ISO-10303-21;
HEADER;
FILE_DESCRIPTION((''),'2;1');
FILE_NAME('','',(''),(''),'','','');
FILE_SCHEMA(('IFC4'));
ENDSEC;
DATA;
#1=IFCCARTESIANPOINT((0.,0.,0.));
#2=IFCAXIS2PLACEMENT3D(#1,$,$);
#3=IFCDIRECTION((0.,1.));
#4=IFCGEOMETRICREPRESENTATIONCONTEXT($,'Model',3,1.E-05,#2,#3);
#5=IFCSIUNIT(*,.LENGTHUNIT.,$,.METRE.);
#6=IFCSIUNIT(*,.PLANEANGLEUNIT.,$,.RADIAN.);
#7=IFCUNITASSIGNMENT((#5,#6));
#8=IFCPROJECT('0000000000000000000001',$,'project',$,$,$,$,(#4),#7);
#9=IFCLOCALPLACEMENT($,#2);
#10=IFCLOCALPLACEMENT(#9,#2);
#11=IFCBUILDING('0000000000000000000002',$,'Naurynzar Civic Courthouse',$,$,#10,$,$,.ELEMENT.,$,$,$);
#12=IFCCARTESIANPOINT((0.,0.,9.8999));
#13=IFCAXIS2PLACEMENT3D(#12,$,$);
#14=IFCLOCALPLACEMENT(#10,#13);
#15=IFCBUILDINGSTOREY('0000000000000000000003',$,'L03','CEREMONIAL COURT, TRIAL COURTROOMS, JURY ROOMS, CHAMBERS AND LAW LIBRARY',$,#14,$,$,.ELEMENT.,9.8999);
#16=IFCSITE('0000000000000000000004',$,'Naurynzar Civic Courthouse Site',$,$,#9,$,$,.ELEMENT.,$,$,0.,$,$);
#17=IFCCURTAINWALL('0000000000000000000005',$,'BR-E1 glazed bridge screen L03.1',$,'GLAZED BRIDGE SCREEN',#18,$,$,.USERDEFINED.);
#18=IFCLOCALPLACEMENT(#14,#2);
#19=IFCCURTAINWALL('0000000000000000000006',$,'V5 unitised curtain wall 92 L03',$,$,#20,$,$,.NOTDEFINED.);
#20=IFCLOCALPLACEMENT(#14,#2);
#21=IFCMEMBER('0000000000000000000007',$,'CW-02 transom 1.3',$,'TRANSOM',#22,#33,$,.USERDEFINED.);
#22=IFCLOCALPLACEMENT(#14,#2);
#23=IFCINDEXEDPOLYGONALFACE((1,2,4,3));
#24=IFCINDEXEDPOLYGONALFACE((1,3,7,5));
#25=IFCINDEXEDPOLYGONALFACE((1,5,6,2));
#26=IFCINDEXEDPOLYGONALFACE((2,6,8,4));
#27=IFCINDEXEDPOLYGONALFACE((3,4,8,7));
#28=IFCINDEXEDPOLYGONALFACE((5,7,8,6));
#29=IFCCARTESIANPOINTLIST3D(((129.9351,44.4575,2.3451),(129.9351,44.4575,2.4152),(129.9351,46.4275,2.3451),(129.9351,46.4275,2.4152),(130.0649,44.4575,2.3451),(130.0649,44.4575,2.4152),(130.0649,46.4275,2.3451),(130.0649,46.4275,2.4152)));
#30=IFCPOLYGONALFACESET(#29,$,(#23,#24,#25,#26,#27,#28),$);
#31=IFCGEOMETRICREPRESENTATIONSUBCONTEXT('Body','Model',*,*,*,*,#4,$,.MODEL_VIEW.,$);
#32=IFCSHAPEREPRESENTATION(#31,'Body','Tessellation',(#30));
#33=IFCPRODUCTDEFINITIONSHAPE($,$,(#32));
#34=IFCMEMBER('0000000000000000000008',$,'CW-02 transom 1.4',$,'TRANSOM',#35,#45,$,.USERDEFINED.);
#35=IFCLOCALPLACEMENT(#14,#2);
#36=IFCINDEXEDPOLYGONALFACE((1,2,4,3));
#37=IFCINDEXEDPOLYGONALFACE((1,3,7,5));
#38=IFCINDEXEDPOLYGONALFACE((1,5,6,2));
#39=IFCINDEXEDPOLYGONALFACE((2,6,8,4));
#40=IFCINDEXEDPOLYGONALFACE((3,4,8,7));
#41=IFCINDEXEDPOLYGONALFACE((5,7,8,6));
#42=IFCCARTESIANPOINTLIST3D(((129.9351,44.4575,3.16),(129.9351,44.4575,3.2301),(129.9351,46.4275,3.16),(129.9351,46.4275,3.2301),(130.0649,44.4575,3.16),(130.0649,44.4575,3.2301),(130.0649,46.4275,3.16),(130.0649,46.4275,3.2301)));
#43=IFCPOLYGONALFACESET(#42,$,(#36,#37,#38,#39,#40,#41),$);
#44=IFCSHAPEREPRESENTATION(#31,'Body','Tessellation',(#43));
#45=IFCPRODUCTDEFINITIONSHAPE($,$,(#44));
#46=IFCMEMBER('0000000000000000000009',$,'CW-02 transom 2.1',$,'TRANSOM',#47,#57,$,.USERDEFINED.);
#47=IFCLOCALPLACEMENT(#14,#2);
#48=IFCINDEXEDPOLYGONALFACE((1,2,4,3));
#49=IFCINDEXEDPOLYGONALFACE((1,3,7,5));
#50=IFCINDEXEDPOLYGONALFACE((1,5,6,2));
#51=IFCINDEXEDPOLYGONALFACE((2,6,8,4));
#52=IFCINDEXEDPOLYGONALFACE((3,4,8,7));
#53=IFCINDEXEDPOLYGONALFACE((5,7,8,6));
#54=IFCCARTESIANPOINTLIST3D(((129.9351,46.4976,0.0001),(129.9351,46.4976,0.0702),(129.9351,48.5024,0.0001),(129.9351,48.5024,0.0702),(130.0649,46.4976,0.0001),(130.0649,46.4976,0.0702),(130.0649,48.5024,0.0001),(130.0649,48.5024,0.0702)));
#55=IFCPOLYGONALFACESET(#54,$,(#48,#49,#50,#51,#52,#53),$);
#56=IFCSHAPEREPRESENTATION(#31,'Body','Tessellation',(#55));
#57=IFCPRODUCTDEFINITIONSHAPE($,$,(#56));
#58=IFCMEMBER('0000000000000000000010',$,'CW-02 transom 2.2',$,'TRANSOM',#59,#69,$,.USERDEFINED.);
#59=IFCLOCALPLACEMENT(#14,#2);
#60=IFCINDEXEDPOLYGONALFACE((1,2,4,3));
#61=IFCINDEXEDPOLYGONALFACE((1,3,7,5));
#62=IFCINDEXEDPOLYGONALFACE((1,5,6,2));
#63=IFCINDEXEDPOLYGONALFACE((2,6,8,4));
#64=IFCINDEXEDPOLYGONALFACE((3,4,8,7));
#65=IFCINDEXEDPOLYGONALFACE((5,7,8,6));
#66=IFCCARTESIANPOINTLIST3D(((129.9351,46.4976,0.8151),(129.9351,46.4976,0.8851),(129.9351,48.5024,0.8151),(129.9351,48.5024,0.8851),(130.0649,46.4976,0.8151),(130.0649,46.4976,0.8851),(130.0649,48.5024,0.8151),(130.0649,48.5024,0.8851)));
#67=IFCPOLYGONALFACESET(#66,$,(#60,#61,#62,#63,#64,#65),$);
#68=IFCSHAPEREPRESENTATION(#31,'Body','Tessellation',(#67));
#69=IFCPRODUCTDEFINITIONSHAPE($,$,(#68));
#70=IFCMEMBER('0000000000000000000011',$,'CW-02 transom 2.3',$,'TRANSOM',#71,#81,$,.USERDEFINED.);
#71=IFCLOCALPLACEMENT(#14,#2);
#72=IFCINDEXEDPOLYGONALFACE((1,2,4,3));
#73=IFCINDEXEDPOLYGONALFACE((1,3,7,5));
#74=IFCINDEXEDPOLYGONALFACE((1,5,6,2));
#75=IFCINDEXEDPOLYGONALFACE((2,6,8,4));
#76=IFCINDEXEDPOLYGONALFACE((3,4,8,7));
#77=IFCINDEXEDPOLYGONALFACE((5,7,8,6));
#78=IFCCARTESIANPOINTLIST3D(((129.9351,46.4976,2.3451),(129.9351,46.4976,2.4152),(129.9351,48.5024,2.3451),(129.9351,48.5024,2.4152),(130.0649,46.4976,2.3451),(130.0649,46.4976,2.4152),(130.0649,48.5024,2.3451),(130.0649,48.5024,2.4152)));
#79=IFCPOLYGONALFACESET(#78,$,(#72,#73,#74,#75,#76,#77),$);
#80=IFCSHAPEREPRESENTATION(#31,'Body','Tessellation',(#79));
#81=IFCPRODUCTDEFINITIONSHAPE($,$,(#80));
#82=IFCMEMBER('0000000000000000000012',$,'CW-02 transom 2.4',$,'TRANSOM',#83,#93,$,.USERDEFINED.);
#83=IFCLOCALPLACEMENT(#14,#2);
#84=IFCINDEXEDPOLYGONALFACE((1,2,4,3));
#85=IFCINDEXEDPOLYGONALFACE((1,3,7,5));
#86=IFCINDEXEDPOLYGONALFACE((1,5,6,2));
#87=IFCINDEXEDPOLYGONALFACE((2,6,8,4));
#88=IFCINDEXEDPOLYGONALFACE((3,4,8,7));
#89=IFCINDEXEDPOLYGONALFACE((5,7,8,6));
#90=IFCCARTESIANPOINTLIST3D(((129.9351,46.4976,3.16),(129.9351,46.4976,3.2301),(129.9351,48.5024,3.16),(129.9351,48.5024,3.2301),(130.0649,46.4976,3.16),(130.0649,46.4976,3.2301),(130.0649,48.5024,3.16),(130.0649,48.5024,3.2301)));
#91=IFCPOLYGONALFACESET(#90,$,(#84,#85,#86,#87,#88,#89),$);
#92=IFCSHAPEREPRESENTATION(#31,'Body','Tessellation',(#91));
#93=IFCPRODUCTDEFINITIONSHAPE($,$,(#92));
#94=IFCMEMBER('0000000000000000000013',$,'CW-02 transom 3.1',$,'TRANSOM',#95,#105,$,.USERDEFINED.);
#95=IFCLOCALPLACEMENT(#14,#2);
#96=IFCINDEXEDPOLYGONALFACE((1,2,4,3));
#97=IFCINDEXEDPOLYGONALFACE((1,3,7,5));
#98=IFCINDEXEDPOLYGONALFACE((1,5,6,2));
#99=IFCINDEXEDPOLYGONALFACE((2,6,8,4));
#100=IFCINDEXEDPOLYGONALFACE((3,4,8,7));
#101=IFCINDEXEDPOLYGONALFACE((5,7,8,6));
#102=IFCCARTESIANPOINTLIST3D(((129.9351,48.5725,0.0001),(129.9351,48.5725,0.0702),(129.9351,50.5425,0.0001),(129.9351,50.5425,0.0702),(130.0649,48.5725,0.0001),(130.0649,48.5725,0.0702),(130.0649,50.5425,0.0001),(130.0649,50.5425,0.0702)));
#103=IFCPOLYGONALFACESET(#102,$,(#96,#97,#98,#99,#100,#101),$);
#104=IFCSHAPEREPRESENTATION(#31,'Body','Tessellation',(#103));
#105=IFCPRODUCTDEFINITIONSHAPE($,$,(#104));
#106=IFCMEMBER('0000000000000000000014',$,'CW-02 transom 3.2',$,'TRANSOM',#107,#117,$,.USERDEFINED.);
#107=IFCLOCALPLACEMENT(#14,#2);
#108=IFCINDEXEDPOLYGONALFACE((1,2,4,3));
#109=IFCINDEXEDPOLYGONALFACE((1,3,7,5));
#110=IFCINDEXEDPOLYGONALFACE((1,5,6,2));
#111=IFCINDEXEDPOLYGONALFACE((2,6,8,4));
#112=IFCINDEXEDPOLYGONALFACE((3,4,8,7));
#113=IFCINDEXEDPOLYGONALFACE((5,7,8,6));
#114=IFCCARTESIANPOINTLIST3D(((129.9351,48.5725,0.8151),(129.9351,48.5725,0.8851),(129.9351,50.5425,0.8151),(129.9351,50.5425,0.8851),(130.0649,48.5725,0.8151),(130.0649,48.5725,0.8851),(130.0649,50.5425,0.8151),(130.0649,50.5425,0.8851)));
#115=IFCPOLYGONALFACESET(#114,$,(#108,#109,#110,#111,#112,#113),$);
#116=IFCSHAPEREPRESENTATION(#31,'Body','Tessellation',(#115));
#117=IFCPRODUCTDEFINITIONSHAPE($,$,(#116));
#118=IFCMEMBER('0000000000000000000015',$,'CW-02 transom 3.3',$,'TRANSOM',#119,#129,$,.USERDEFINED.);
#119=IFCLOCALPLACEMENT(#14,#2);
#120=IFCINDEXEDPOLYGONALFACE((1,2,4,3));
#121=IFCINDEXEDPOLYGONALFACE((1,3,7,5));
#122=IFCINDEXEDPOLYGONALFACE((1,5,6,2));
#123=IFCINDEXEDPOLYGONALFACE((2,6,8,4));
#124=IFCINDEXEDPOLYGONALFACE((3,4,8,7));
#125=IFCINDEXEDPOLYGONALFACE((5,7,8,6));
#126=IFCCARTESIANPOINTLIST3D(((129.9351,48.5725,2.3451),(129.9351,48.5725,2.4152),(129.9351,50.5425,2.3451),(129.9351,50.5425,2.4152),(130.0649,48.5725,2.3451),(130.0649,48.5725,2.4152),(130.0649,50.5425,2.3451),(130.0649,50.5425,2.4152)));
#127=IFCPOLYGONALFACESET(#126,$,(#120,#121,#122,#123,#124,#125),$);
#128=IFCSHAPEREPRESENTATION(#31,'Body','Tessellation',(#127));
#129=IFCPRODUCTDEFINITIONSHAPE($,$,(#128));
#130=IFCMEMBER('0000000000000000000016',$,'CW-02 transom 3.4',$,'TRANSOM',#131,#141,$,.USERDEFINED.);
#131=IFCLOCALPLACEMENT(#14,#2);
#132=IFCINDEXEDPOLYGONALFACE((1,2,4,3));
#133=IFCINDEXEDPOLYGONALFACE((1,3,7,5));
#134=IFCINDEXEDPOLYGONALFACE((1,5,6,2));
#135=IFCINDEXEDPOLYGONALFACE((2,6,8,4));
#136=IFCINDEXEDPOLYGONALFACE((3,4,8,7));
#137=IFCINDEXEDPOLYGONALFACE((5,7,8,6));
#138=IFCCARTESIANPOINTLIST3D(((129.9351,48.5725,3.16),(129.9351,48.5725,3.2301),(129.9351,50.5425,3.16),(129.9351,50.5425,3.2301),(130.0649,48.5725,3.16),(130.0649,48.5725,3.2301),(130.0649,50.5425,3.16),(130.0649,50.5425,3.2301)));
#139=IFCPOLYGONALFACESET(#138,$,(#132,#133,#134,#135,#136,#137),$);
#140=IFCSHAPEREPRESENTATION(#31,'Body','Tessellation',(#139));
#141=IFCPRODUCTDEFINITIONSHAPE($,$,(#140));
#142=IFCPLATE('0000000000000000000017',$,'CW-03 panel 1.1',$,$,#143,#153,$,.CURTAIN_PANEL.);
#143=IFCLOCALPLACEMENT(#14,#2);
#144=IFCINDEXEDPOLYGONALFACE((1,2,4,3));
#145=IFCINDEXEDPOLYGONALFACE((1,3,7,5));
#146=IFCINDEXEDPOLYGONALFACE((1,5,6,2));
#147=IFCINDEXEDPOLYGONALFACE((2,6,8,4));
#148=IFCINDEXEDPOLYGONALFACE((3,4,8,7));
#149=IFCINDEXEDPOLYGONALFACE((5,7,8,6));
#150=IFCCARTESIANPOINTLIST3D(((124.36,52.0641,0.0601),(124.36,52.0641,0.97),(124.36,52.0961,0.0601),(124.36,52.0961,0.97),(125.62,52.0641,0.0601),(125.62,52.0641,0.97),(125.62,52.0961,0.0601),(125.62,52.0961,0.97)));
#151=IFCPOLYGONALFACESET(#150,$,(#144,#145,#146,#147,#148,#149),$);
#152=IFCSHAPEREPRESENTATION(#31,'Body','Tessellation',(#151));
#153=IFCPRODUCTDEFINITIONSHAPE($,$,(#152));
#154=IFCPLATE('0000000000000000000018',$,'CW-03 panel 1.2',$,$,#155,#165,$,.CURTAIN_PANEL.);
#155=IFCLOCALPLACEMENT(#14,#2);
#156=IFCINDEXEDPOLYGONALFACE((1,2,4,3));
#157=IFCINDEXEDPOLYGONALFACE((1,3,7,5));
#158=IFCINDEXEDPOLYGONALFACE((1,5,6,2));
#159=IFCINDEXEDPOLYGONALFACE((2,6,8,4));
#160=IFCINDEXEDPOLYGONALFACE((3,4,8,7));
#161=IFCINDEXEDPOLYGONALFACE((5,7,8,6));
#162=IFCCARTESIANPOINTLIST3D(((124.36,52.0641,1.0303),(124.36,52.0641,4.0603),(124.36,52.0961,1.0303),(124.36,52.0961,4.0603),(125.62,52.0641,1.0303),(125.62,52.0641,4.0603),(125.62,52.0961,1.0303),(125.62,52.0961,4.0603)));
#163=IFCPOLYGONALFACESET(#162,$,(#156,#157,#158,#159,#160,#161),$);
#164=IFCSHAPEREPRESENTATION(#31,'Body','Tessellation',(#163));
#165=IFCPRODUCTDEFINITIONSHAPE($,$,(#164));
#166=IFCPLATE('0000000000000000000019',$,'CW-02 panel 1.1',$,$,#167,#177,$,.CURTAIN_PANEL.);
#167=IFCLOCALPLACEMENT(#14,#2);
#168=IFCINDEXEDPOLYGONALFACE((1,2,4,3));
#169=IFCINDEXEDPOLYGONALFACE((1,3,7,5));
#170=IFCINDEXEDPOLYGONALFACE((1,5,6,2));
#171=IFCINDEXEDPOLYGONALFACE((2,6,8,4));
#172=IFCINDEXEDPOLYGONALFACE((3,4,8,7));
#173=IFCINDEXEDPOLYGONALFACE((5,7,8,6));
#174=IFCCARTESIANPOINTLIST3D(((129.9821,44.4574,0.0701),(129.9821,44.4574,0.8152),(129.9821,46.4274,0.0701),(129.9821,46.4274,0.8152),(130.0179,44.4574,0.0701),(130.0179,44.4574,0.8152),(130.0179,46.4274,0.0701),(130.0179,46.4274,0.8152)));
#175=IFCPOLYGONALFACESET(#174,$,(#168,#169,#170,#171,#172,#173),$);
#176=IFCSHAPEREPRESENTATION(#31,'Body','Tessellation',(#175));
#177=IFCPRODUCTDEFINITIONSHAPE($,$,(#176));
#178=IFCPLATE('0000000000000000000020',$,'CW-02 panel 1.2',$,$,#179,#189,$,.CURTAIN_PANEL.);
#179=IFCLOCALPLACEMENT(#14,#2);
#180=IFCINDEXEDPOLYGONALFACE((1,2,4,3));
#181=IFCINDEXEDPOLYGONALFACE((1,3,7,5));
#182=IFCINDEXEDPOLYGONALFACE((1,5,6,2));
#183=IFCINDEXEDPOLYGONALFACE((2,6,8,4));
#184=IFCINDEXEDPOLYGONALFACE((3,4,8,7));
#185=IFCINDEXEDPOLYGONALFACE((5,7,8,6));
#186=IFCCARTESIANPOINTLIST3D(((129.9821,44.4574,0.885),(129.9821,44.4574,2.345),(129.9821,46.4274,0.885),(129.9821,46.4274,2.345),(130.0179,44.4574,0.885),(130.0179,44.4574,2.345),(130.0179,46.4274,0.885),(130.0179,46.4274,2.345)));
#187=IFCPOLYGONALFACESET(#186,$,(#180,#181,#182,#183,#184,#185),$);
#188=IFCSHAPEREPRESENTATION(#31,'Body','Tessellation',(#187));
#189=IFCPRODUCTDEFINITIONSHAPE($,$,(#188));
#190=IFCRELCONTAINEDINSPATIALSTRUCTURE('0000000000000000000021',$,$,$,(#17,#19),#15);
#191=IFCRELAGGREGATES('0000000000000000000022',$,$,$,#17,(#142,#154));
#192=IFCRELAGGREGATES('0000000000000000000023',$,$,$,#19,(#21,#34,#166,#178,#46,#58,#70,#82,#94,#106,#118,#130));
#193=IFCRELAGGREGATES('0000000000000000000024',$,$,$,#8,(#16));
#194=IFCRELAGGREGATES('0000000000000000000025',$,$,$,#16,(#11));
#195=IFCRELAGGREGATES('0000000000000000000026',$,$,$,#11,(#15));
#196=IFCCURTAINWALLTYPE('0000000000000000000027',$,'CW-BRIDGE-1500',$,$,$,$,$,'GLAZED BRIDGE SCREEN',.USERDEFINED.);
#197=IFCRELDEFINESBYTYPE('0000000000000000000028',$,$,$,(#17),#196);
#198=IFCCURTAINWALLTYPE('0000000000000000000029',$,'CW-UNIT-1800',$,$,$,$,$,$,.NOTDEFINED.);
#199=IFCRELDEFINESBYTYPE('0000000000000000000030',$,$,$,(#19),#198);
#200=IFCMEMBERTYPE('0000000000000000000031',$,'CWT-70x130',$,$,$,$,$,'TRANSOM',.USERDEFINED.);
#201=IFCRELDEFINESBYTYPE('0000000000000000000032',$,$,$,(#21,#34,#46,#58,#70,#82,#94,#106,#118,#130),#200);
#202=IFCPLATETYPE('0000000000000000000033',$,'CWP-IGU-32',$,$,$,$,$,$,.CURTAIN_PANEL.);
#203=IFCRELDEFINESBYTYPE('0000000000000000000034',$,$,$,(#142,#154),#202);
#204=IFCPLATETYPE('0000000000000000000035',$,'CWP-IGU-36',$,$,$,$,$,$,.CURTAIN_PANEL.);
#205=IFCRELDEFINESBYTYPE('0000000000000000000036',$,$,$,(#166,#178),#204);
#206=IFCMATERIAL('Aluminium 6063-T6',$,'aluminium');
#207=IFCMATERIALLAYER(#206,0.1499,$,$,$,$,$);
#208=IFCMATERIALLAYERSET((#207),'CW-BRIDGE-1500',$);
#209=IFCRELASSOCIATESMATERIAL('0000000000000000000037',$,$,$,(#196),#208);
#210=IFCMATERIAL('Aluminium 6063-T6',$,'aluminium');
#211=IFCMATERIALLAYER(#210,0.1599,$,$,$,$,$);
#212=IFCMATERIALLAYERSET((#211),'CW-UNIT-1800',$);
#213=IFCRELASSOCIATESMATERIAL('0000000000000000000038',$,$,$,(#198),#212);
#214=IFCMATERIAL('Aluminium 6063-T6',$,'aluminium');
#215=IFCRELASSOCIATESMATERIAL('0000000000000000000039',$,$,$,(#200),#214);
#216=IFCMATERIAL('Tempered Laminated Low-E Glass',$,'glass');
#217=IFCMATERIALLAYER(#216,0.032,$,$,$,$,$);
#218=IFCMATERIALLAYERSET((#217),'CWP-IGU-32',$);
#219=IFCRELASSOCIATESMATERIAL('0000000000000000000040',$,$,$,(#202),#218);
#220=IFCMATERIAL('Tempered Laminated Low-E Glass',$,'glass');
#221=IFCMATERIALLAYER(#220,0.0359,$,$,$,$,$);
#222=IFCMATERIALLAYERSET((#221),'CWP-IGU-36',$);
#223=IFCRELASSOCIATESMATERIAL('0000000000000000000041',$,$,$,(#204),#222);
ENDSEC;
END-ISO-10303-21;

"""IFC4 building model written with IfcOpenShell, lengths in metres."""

from ifc_helpers import new_model, si_unit, direction, frame, origin, origin_2d, place, context, subcontext, project, spatial, rectangle, extrude, material, layer, layer_set, material_profile, profile_set, type_object, element, aggregate, save


model = new_model("IFC4")

# Units and contexts
model_context = context("Model", 3, precision=1e-05, world=origin(), true_north=direction((0.0, 1.0)))
body_context = subcontext(model_context, "Body", "Model", "MODEL_VIEW")
ifc_project = project(units=[si_unit("LENGTHUNIT", "METRE"), si_unit("PLANEANGLEUNIT", "RADIAN")], contexts=[model_context])

# Site, building, storey
site_placement = place(None, origin())
site = spatial("IfcSite", under=ifc_project, at=site_placement, Name="Naurynzar Civic Courthouse Site", CompositionType="ELEMENT", RefElevation=0.0)
building_placement = place(site_placement, origin())
building = spatial("IfcBuilding", under=site, at=building_placement, Name="Naurynzar Civic Courthouse", CompositionType="ELEMENT")
storey_placement = place(building_placement, frame((0.0, 0.0, 9.8999)))
storey = spatial("IfcBuildingStorey", under=building, at=storey_placement, Name="L03", Description="CEREMONIAL COURT, TRIAL COURTROOMS, JURY ROOMS, CHAMBERS AND LAW LIBRARY", CompositionType="ELEMENT", Elevation=9.8999)

# Curtain walls
ifc_material_1 = material(Name="Aluminium 6063-T6", Category="aluminium")
ifc_layer_1 = layer(ifc_material_1, 0.1499)
ifc_layer_set_1 = layer_set([ifc_layer_1], Name="CW-BRIDGE-1500")
curtain_wall_type_1 = type_object("IfcCurtainWallType", Name="CW-BRIDGE-1500", ElementType="GLAZED BRIDGE SCREEN", PredefinedType="USERDEFINED", material=ifc_layer_set_1)
curtain_wall_1_placement = place(storey_placement, origin())
curtain_wall_1 = element("IfcCurtainWall", 1, at=curtain_wall_1_placement, inside=storey, type_object=curtain_wall_type_1, Name="BR-E1 glazed bridge screen L03.1", ObjectType="GLAZED BRIDGE SCREEN", PredefinedType="USERDEFINED")
ifc_material_2 = material(Name="Aluminium 6063-T6", Category="aluminium")
ifc_layer_2 = layer(ifc_material_2, 0.1599)
ifc_layer_set_2 = layer_set([ifc_layer_2], Name="CW-UNIT-1800")
curtain_wall_type_2 = type_object("IfcCurtainWallType", Name="CW-UNIT-1800", PredefinedType="NOTDEFINED", material=ifc_layer_set_2)
curtain_wall_2_placement = place(storey_placement, origin())
curtain_wall_2 = element("IfcCurtainWall", 2, at=curtain_wall_2_placement, inside=storey, type_object=curtain_wall_type_2, Name="V5 unitised curtain wall 92 L03", PredefinedType="NOTDEFINED")

# Members
ifc_material_3 = material(Name="Aluminium 6063-T6", Category="aluminium")
ifc_material_profile_1 = material_profile(ifc_material_3, rectangle(XDim=0.1299, YDim=0.0701, at=origin_2d()), Name="ALU TRANSOM 70x130")
ifc_profile_set_1 = profile_set([ifc_material_profile_1], Name="Aluminium 6063-T6")
member_type_1 = type_object("IfcMemberType", Name="CWT-70x130", ElementType="TRANSOM", PredefinedType="USERDEFINED", material=ifc_profile_set_1)
member_1_placement = place(storey_placement, frame((130.0, 44.4575, 2.3801), z_axis=(0.0, 1.0, 0.0), x_axis=(-1.0, 0.0, 0.0)))
member_1 = element("IfcMember", 3, at=member_1_placement, type_object=member_type_1, Name="CW-02 transom 1.3", ObjectType="TRANSOM", PredefinedType="USERDEFINED", context=body_context, shape_type="SweptSolid", body=[
    extrude(rectangle(XDim=0.1299, YDim=0.0701, at=origin_2d()), origin(), (0.0, 0.0, 1.0), 1.97),
])
member_2_placement = place(storey_placement, frame((130.0, 44.4575, 3.1951), z_axis=(0.0, 1.0, 0.0), x_axis=(-1.0, 0.0, 0.0)))
member_2 = element("IfcMember", 4, at=member_2_placement, type_object=member_type_1, Name="CW-02 transom 1.4", ObjectType="TRANSOM", PredefinedType="USERDEFINED", context=body_context, shape_type="SweptSolid", body=[
    extrude(rectangle(XDim=0.1299, YDim=0.0701, at=origin_2d()), origin(), (0.0, 0.0, 1.0), 1.97),
])
member_3_placement = place(storey_placement, frame((130.0, 46.4976, 0.0352), z_axis=(0.0, 1.0, 0.0), x_axis=(-1.0, 0.0, 0.0)))
member_3 = element("IfcMember", 5, at=member_3_placement, type_object=member_type_1, Name="CW-02 transom 2.1", ObjectType="TRANSOM", PredefinedType="USERDEFINED", context=body_context, shape_type="SweptSolid", body=[
    extrude(rectangle(XDim=0.1299, YDim=0.0701, at=origin_2d()), origin(), (0.0, 0.0, 1.0), 2.0049),
])
member_4_placement = place(storey_placement, frame((130.0, 46.4976, 0.8501), z_axis=(0.0, 1.0, 0.0), x_axis=(-1.0, 0.0, 0.0)))
member_4 = element("IfcMember", 6, at=member_4_placement, type_object=member_type_1, Name="CW-02 transom 2.2", ObjectType="TRANSOM", PredefinedType="USERDEFINED", context=body_context, shape_type="SweptSolid", body=[
    extrude(rectangle(XDim=0.1299, YDim=0.0701, at=origin_2d()), origin(), (0.0, 0.0, 1.0), 2.0049),
])
member_5_placement = place(storey_placement, frame((130.0, 46.4976, 2.3801), z_axis=(0.0, 1.0, 0.0), x_axis=(-1.0, 0.0, 0.0)))
member_5 = element("IfcMember", 7, at=member_5_placement, type_object=member_type_1, Name="CW-02 transom 2.3", ObjectType="TRANSOM", PredefinedType="USERDEFINED", context=body_context, shape_type="SweptSolid", body=[
    extrude(rectangle(XDim=0.1299, YDim=0.0701, at=origin_2d()), origin(), (0.0, 0.0, 1.0), 2.0049),
])
member_6_placement = place(storey_placement, frame((130.0, 46.4976, 3.1951), z_axis=(0.0, 1.0, 0.0), x_axis=(-1.0, 0.0, 0.0)))
member_6 = element("IfcMember", 8, at=member_6_placement, type_object=member_type_1, Name="CW-02 transom 2.4", ObjectType="TRANSOM", PredefinedType="USERDEFINED", context=body_context, shape_type="SweptSolid", body=[
    extrude(rectangle(XDim=0.1299, YDim=0.0701, at=origin_2d()), origin(), (0.0, 0.0, 1.0), 2.0049),
])
member_7_placement = place(storey_placement, frame((130.0, 48.5725, 0.0352), z_axis=(0.0, 1.0, 0.0), x_axis=(-1.0, 0.0, 0.0)))
member_7 = element("IfcMember", 9, at=member_7_placement, type_object=member_type_1, Name="CW-02 transom 3.1", ObjectType="TRANSOM", PredefinedType="USERDEFINED", context=body_context, shape_type="SweptSolid", body=[
    extrude(rectangle(XDim=0.1299, YDim=0.0701, at=origin_2d()), origin(), (0.0, 0.0, 1.0), 1.97),
])
member_8_placement = place(storey_placement, frame((130.0, 48.5725, 0.8501), z_axis=(0.0, 1.0, 0.0), x_axis=(-1.0, 0.0, 0.0)))
member_8 = element("IfcMember", 10, at=member_8_placement, type_object=member_type_1, Name="CW-02 transom 3.2", ObjectType="TRANSOM", PredefinedType="USERDEFINED", context=body_context, shape_type="SweptSolid", body=[
    extrude(rectangle(XDim=0.1299, YDim=0.0701, at=origin_2d()), origin(), (0.0, 0.0, 1.0), 1.97),
])
member_9_placement = place(storey_placement, frame((130.0, 48.5725, 2.3801), z_axis=(0.0, 1.0, 0.0), x_axis=(-1.0, 0.0, 0.0)))
member_9 = element("IfcMember", 11, at=member_9_placement, type_object=member_type_1, Name="CW-02 transom 3.3", ObjectType="TRANSOM", PredefinedType="USERDEFINED", context=body_context, shape_type="SweptSolid", body=[
    extrude(rectangle(XDim=0.1299, YDim=0.0701, at=origin_2d()), origin(), (0.0, 0.0, 1.0), 1.97),
])
member_10_placement = place(storey_placement, frame((130.0, 48.5725, 3.1951), z_axis=(0.0, 1.0, 0.0), x_axis=(-1.0, 0.0, 0.0)))
member_10 = element("IfcMember", 12, at=member_10_placement, type_object=member_type_1, Name="CW-02 transom 3.4", ObjectType="TRANSOM", PredefinedType="USERDEFINED", context=body_context, shape_type="SweptSolid", body=[
    extrude(rectangle(XDim=0.1299, YDim=0.0701, at=origin_2d()), origin(), (0.0, 0.0, 1.0), 1.97),
])

# Plates
ifc_material_4 = material(Name="Tempered Laminated Low-E Glass", Category="glass")
ifc_layer_3 = layer(ifc_material_4, 0.032)
ifc_layer_set_3 = layer_set([ifc_layer_3], Name="CWP-IGU-32")
plate_type_1 = type_object("IfcPlateType", Name="CWP-IGU-32", PredefinedType="CURTAIN_PANEL", material=ifc_layer_set_3)
plate_1_placement = place(storey_placement, frame((124.99, 52.0801, 0.0601), z_axis=(0.0, 0.0, 1.0), x_axis=(1.0, 0.0, 0.0)))
plate_1 = element("IfcPlate", 13, at=plate_1_placement, type_object=plate_type_1, Name="CW-03 panel 1.1", PredefinedType="CURTAIN_PANEL", context=body_context, shape_type="SweptSolid", body=[
    extrude(rectangle(XDim=1.26, YDim=0.032, at=origin_2d()), origin(), (0.0, 0.0, 1.0), 0.9099),
])
plate_2_placement = place(storey_placement, frame((124.99, 52.0801, 1.0303), z_axis=(0.0, 0.0, 1.0), x_axis=(1.0, 0.0, 0.0)))
plate_2 = element("IfcPlate", 14, at=plate_2_placement, type_object=plate_type_1, Name="CW-03 panel 1.2", PredefinedType="CURTAIN_PANEL", context=body_context, shape_type="SweptSolid", body=[
    extrude(rectangle(XDim=1.26, YDim=0.032, at=origin_2d()), origin(), (0.0, 0.0, 1.0), 3.03),
])
aggregate(curtain_wall_1, [plate_1, plate_2])
ifc_material_5 = material(Name="Tempered Laminated Low-E Glass", Category="glass")
ifc_layer_4 = layer(ifc_material_5, 0.0359)
ifc_layer_set_4 = layer_set([ifc_layer_4], Name="CWP-IGU-36")
plate_type_2 = type_object("IfcPlateType", Name="CWP-IGU-36", PredefinedType="CURTAIN_PANEL", material=ifc_layer_set_4)
plate_3_placement = place(storey_placement, frame((130.0, 45.4424, 0.0701), z_axis=(0.0, 0.0, 1.0), x_axis=(0.0, 1.0, 0.0)))
plate_3 = element("IfcPlate", 15, at=plate_3_placement, type_object=plate_type_2, Name="CW-02 panel 1.1", PredefinedType="CURTAIN_PANEL", context=body_context, shape_type="SweptSolid", body=[
    extrude(rectangle(XDim=1.97, YDim=0.0359, at=origin_2d()), origin(), (0.0, 0.0, 1.0), 0.7451),
])
plate_4_placement = place(storey_placement, frame((130.0, 45.4424, 0.885), z_axis=(0.0, 0.0, 1.0), x_axis=(0.0, 1.0, 0.0)))
plate_4 = element("IfcPlate", 16, at=plate_4_placement, type_object=plate_type_2, Name="CW-02 panel 1.2", PredefinedType="CURTAIN_PANEL", context=body_context, shape_type="SweptSolid", body=[
    extrude(rectangle(XDim=1.97, YDim=0.0359, at=origin_2d()), origin(), (0.0, 0.0, 1.0), 1.46),
])
aggregate(curtain_wall_2, [member_1, member_2, plate_3, plate_4, member_3, member_4, member_5, member_6, member_7, member_8, member_9, member_10])

save(model, "model.ifc")
